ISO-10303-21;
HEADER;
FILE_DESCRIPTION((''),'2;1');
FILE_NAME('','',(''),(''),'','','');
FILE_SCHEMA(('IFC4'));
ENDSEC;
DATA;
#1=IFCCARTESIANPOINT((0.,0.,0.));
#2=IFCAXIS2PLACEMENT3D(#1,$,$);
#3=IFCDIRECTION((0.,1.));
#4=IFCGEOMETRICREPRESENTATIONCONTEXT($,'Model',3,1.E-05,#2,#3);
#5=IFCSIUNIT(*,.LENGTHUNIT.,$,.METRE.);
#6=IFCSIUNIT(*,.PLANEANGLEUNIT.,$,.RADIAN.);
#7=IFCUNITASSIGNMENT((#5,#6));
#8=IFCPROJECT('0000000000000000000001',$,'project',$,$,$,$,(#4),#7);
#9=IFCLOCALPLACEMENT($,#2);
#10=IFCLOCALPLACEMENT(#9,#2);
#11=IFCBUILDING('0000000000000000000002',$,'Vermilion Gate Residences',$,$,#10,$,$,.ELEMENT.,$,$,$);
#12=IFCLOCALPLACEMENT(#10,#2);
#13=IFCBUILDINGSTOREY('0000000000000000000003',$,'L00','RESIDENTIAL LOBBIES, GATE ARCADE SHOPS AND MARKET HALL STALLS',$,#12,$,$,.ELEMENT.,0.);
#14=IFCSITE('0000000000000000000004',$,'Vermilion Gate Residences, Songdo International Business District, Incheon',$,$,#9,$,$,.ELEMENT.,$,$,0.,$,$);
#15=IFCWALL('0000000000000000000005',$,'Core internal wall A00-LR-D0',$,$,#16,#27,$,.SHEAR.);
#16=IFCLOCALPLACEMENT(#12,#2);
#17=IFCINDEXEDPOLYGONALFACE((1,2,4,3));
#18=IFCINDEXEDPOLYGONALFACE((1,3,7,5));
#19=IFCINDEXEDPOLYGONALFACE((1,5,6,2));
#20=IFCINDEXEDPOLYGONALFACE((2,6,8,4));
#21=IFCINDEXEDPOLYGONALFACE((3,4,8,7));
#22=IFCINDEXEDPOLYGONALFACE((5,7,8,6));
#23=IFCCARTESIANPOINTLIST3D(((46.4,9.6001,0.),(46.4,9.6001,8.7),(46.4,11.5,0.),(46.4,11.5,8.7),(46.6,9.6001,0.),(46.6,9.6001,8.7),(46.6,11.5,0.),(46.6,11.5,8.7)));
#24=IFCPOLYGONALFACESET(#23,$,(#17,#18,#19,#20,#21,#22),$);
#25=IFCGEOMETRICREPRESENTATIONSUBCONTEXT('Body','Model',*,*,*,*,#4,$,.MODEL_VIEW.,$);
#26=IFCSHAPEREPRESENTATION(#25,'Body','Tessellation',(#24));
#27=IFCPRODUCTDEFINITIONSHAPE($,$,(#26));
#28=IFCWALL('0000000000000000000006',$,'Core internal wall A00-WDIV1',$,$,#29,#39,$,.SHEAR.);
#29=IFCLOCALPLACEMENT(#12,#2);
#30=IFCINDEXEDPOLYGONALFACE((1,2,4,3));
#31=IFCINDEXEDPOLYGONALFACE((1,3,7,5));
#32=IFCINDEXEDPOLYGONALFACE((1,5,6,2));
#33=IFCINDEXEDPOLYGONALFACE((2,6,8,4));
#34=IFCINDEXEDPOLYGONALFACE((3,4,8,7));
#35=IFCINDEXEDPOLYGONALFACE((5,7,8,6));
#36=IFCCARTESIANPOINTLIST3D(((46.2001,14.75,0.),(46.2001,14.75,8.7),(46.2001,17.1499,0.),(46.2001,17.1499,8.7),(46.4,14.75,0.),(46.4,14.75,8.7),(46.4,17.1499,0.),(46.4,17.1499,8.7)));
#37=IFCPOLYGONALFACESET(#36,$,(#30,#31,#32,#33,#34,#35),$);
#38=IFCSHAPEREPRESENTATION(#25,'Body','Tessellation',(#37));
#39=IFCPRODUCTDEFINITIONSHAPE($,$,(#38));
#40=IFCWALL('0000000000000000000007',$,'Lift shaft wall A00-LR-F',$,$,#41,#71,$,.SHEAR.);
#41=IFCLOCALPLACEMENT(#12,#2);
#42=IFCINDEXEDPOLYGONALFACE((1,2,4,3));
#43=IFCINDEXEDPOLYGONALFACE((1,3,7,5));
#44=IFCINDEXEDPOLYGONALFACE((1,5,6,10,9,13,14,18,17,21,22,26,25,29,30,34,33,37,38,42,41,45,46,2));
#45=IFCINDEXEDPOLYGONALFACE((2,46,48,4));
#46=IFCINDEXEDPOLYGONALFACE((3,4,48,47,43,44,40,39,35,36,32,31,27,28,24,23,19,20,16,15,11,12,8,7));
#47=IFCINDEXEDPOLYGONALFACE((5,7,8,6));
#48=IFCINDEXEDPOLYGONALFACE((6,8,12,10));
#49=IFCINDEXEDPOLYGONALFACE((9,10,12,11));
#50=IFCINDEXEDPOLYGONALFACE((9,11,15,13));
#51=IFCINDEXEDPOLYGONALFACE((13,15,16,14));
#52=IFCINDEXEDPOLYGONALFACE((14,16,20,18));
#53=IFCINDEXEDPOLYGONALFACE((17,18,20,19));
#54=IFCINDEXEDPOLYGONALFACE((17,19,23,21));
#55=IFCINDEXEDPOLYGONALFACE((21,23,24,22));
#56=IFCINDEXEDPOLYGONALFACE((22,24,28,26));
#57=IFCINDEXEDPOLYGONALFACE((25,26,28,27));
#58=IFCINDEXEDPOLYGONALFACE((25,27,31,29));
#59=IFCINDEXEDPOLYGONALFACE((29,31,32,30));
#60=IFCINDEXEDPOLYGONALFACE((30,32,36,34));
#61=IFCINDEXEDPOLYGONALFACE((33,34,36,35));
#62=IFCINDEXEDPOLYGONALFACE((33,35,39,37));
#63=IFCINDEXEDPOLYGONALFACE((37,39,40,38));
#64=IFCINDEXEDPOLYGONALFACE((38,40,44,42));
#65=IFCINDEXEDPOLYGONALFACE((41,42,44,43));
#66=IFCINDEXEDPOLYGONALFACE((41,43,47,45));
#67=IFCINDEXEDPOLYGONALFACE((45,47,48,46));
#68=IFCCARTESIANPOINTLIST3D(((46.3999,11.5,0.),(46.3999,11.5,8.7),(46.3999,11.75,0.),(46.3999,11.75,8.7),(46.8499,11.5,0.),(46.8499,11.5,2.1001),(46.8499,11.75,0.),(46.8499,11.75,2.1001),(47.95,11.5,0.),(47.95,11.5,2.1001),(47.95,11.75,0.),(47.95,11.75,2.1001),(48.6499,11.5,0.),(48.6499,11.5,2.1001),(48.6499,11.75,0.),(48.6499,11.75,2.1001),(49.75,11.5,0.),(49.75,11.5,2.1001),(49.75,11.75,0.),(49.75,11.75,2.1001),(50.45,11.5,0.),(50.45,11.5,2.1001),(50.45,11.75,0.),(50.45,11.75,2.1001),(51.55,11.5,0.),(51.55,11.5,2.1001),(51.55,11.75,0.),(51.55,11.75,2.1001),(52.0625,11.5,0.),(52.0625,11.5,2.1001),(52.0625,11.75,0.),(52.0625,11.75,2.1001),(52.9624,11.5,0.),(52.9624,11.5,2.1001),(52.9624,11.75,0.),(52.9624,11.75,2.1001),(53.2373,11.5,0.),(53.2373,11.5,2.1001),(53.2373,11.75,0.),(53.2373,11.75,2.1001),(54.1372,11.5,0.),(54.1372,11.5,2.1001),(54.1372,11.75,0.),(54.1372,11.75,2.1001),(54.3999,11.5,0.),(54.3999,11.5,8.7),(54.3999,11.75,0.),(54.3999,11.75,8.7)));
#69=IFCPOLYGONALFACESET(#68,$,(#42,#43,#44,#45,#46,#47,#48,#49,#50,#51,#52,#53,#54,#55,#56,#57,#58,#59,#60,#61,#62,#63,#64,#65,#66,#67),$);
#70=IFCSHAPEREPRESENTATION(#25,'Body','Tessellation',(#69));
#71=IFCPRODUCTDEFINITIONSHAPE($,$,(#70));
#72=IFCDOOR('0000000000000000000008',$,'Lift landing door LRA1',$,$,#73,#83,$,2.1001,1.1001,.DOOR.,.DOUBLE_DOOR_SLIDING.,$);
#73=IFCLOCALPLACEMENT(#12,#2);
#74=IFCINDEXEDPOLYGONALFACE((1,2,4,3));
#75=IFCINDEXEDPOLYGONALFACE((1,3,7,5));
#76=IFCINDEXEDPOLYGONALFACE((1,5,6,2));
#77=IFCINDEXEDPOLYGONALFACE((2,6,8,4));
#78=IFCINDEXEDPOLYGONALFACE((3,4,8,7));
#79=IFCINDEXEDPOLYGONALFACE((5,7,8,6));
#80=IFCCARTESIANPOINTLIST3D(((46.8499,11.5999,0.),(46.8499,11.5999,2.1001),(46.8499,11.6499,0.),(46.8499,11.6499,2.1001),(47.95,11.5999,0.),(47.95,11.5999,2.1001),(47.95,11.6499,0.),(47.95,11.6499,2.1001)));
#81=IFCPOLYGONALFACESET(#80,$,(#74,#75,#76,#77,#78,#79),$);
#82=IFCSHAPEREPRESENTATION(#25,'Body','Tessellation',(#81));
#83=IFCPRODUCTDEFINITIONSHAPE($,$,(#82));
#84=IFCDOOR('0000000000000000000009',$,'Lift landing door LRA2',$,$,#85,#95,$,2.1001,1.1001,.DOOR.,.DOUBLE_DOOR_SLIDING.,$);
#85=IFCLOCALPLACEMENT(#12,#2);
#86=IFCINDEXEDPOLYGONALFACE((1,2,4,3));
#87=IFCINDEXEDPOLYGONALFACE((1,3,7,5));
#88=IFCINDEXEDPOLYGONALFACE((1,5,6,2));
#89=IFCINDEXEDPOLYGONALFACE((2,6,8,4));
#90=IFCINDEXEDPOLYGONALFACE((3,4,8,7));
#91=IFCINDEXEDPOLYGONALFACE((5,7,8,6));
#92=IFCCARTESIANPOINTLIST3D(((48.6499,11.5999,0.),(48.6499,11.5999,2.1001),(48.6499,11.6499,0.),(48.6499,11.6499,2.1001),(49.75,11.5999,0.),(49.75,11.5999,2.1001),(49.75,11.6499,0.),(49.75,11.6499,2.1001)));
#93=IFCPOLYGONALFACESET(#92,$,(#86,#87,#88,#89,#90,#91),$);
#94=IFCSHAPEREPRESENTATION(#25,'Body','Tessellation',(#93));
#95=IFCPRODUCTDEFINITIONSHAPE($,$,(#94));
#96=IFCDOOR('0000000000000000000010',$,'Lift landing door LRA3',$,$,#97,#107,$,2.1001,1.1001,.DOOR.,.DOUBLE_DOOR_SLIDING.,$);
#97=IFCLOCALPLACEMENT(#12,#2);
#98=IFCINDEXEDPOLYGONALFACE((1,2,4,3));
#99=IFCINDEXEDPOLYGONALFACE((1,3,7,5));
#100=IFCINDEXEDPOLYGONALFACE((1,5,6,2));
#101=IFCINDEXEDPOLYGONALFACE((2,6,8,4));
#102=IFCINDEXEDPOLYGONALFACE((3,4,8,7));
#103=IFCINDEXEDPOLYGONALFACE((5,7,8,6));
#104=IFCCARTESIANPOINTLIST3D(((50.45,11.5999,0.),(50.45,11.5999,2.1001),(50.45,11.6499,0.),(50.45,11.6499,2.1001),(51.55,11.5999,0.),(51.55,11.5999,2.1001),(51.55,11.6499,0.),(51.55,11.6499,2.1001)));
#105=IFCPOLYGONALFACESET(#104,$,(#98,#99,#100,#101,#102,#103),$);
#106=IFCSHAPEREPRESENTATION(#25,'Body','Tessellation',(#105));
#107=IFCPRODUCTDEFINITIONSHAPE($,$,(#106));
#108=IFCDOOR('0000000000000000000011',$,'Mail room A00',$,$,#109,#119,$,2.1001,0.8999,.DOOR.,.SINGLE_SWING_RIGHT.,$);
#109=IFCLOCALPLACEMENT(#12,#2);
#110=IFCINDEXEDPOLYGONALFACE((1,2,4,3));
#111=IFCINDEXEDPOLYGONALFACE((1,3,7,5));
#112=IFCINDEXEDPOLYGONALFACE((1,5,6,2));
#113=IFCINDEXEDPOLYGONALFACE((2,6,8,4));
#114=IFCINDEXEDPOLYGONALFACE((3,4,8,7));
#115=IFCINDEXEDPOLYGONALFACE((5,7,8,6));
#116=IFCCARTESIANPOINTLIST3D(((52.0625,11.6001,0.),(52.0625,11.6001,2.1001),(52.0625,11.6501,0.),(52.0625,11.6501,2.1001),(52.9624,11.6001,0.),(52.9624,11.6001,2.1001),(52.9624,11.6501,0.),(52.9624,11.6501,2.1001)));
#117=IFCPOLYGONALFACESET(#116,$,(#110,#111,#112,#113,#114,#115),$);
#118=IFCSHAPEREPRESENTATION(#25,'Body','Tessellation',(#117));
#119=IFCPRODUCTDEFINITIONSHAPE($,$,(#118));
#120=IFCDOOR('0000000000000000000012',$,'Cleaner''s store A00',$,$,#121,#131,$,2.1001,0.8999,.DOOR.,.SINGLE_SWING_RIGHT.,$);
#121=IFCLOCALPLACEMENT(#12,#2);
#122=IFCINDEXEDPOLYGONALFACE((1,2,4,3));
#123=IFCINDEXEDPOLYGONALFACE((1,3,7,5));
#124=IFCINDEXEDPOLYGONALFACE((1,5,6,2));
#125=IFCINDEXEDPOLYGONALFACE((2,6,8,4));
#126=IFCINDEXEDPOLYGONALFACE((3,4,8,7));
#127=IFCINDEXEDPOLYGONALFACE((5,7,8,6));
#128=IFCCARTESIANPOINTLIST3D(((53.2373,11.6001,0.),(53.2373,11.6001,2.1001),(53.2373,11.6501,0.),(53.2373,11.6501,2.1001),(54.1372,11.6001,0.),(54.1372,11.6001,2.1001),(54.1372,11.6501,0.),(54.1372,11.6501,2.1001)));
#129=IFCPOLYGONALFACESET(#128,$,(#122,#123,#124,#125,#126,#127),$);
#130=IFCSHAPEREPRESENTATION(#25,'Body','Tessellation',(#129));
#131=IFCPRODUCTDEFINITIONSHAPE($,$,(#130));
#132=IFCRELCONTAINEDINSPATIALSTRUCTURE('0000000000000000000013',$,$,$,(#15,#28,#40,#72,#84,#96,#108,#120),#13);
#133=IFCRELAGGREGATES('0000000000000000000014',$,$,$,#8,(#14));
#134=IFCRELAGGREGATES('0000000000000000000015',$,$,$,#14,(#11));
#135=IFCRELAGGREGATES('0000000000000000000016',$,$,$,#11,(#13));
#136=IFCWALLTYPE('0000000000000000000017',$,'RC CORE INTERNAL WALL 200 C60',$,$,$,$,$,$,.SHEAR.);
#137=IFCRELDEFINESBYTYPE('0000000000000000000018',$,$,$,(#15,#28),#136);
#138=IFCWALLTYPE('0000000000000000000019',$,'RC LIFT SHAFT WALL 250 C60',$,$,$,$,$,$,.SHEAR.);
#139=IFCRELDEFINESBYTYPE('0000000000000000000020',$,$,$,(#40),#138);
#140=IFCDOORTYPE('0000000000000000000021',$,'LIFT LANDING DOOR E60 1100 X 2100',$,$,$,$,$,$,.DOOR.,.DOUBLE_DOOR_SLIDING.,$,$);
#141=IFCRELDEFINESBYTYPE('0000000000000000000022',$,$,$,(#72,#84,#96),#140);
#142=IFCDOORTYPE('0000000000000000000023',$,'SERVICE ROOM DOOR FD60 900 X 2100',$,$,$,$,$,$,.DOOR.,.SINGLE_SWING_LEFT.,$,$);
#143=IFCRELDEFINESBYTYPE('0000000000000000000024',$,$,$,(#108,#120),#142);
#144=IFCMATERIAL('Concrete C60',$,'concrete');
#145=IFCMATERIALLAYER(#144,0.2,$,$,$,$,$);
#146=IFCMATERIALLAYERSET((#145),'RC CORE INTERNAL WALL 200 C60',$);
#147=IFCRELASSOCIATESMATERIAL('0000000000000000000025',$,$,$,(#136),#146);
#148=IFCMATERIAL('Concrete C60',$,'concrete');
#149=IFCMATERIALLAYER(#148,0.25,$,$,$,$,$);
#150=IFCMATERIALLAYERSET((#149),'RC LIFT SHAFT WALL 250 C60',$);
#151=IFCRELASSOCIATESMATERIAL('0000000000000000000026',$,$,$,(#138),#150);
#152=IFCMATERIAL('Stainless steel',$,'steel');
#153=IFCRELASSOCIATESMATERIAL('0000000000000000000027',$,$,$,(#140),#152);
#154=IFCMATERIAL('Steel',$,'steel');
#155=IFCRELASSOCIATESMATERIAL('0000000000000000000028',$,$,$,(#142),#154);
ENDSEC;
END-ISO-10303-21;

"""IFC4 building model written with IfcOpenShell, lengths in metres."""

from ifc_helpers import new_model, si_unit, direction, frame, frame_2d, origin, place, context, subcontext, project, spatial, rectangle, extrude, material, layer, layer_set, type_object, element, fill, save


model = new_model("IFC4")

# Units and contexts
model_context = context("Model", 3, precision=1e-05, world=origin(), true_north=direction((0.0, 1.0)))
body_context = subcontext(model_context, "Body", "Model", "MODEL_VIEW")
ifc_project = project(units=[si_unit("LENGTHUNIT", "METRE"), si_unit("PLANEANGLEUNIT", "RADIAN")], contexts=[model_context])

# Site, building, storey
site_placement = place(None, origin())
site = spatial("IfcSite", under=ifc_project, at=site_placement, Name="Vermilion Gate Residences, Songdo International Business District, Incheon", CompositionType="ELEMENT", RefElevation=0.0)
building_placement = place(site_placement, origin())
building = spatial("IfcBuilding", under=site, at=building_placement, Name="Vermilion Gate Residences", CompositionType="ELEMENT")
storey_placement = place(building_placement, origin())
storey = spatial("IfcBuildingStorey", under=building, at=storey_placement, Name="L00", Description="RESIDENTIAL LOBBIES, GATE ARCADE SHOPS AND MARKET HALL STALLS", CompositionType="ELEMENT", Elevation=0.0)

# Walls
ifc_material_1 = material(Name="Concrete C60", Category="concrete")
ifc_layer_1 = layer(ifc_material_1, 0.2)
ifc_layer_set_1 = layer_set([ifc_layer_1], Name="RC CORE INTERNAL WALL 200 C60")
wall_type_1 = type_object("IfcWallType", Name="RC CORE INTERNAL WALL 200 C60", PredefinedType="SHEAR", material=ifc_layer_set_1)
wall_1_placement = place(storey_placement, frame((46.5, 9.6001, 0.0), z_axis=(0.0, 0.0, 1.0), x_axis=(0.0, 1.0, 0.0)))
element("IfcWall", 1, at=wall_1_placement, inside=storey, type_object=wall_type_1, Name="Core internal wall A00-LR-D0", PredefinedType="SHEAR", context=body_context, shape_type="SweptSolid", body=[
    extrude(rectangle(XDim=1.8999, YDim=0.2, at=frame_2d((0.95, 0.0))), origin(), (0.0, 0.0, 1.0), 8.7),
])
wall_2_placement = place(storey_placement, frame((46.3, 14.75, 0.0), z_axis=(0.0, 0.0, 1.0), x_axis=(0.0, 1.0, 0.0)))
element("IfcWall", 2, at=wall_2_placement, inside=storey, type_object=wall_type_1, Name="Core internal wall A00-WDIV1", PredefinedType="SHEAR", context=body_context, shape_type="SweptSolid", body=[
    extrude(rectangle(XDim=2.3999, YDim=0.2, at=frame_2d((1.2, 0.0))), origin(), (0.0, 0.0, 1.0), 8.7),
])

# Wall, openings, doors
ifc_material_2 = material(Name="Concrete C60", Category="concrete")
ifc_layer_2 = layer(ifc_material_2, 0.25)
ifc_layer_set_2 = layer_set([ifc_layer_2], Name="RC LIFT SHAFT WALL 250 C60")
wall_type_2 = type_object("IfcWallType", Name="RC LIFT SHAFT WALL 250 C60", PredefinedType="SHEAR", material=ifc_layer_set_2)
wall_3_placement = place(storey_placement, frame((46.3999, 11.625, 0.0), z_axis=(0.0, 0.0, 1.0), x_axis=(1.0, 0.0, 0.0)))
wall_3 = element("IfcWall", 3, at=wall_3_placement, inside=storey, type_object=wall_type_2, Name="Lift shaft wall A00-LR-F", PredefinedType="SHEAR", context=body_context, shape_type="SweptSolid", body=[
    extrude(rectangle(XDim=8.0, YDim=0.25, at=frame_2d((4.0, 0.0))), origin(), (0.0, 0.0, 1.0), 8.7),
])
opening_1_placement = place(wall_3_placement, frame((0.45, 0.0, 0.0)))
opening_1 = element("IfcOpeningElement", 4, at=opening_1_placement, cuts=wall_3, PredefinedType="OPENING", context=body_context, shape_type="SweptSolid", body=[
    extrude(rectangle(XDim=1.1001, YDim=2.1001, at=frame_2d((0.55, 1.05))), frame((0.0, 0.135, 0.0), z_axis=(0.0, -1.0, 0.0), x_axis=(1.0, 0.0, 0.0)), (0.0, 0.0, 1.0), 0.27),
])
opening_2_placement = place(wall_3_placement, frame((2.25, 0.0, 0.0)))
opening_2 = element("IfcOpeningElement", 5, at=opening_2_placement, cuts=wall_3, PredefinedType="OPENING", context=body_context, shape_type="SweptSolid", body=[
    extrude(rectangle(XDim=1.1001, YDim=2.1001, at=frame_2d((0.55, 1.05))), frame((0.0, 0.135, 0.0), z_axis=(0.0, -1.0, 0.0), x_axis=(1.0, 0.0, 0.0)), (0.0, 0.0, 1.0), 0.27),
])
opening_3_placement = place(wall_3_placement, frame((4.05, 0.0, 0.0)))
opening_3 = element("IfcOpeningElement", 6, at=opening_3_placement, cuts=wall_3, PredefinedType="OPENING", context=body_context, shape_type="SweptSolid", body=[
    extrude(rectangle(XDim=1.1001, YDim=2.1001, at=frame_2d((0.55, 1.05))), frame((0.0, 0.135, 0.0), z_axis=(0.0, -1.0, 0.0), x_axis=(1.0, 0.0, 0.0)), (0.0, 0.0, 1.0), 0.27),
])
opening_4_placement = place(wall_3_placement, frame((5.6626, 0.0, 0.0)))
opening_4 = element("IfcOpeningElement", 7, at=opening_4_placement, cuts=wall_3, PredefinedType="OPENING", context=body_context, shape_type="SweptSolid", body=[
    extrude(rectangle(XDim=0.8999, YDim=2.1001, at=frame_2d((0.45, 1.05))), frame((0.0, 0.135, 0.0), z_axis=(0.0, -1.0, 0.0), x_axis=(1.0, 0.0, 0.0)), (0.0, 0.0, 1.0), 0.27),
])
opening_5_placement = place(wall_3_placement, frame((6.8374, 0.0, 0.0)))
opening_5 = element("IfcOpeningElement", 8, at=opening_5_placement, cuts=wall_3, PredefinedType="OPENING", context=body_context, shape_type="SweptSolid", body=[
    extrude(rectangle(XDim=0.8999, YDim=2.1001, at=frame_2d((0.45, 1.05))), frame((0.0, 0.135, 0.0), z_axis=(0.0, -1.0, 0.0), x_axis=(1.0, 0.0, 0.0)), (0.0, 0.0, 1.0), 0.27),
])
ifc_material_3 = material(Name="Stainless steel", Category="steel")
door_type_1 = type_object("IfcDoorType", Name="LIFT LANDING DOOR E60 1100 X 2100", OperationType="DOUBLE_DOOR_SLIDING", PredefinedType="DOOR", material=ifc_material_3)
door_1_placement = place(opening_1_placement, origin())
door_1 = element("IfcDoor", 9, at=door_1_placement, inside=storey, type_object=door_type_1, Name="Lift landing door LRA1", OperationType="DOUBLE_DOOR_SLIDING", OverallHeight=2.1001, OverallWidth=1.1001, PredefinedType="DOOR", context=body_context, shape_type="SweptSolid", body=[
    extrude(rectangle(XDim=1.1001, YDim=2.1001, at=frame_2d((0.55, 1.05))), frame((0.0, 0.0249, 0.0), z_axis=(0.0, -1.0, 0.0), x_axis=(1.0, 0.0, 0.0)), (0.0, 0.0, 1.0), 0.05),
])
fill(opening_1, door_1)
door_2_placement = place(opening_2_placement, origin())
door_2 = element("IfcDoor", 10, at=door_2_placement, inside=storey, type_object=door_type_1, Name="Lift landing door LRA2", OperationType="DOUBLE_DOOR_SLIDING", OverallHeight=2.1001, OverallWidth=1.1001, PredefinedType="DOOR", context=body_context, shape_type="SweptSolid", body=[
    extrude(rectangle(XDim=1.1001, YDim=2.1001, at=frame_2d((0.55, 1.05))), frame((0.0, 0.0249, 0.0), z_axis=(0.0, -1.0, 0.0), x_axis=(1.0, 0.0, 0.0)), (0.0, 0.0, 1.0), 0.05),
])
fill(opening_2, door_2)
door_3_placement = place(opening_3_placement, origin())
door_3 = element("IfcDoor", 11, at=door_3_placement, inside=storey, type_object=door_type_1, Name="Lift landing door LRA3", OperationType="DOUBLE_DOOR_SLIDING", OverallHeight=2.1001, OverallWidth=1.1001, PredefinedType="DOOR", context=body_context, shape_type="SweptSolid", body=[
    extrude(rectangle(XDim=1.1001, YDim=2.1001, at=frame_2d((0.55, 1.05))), frame((0.0, 0.0249, 0.0), z_axis=(0.0, -1.0, 0.0), x_axis=(1.0, 0.0, 0.0)), (0.0, 0.0, 1.0), 0.05),
])
fill(opening_3, door_3)
ifc_material_4 = material(Name="Steel", Category="steel")
door_type_2 = type_object("IfcDoorType", Name="SERVICE ROOM DOOR FD60 900 X 2100", OperationType="SINGLE_SWING_LEFT", PredefinedType="DOOR", material=ifc_material_4)
door_4_placement = place(opening_4_placement, frame((0.8999, 0.0, 0.0), z_axis=(0.0, 0.0, 1.0), x_axis=(-1.0, 0.0, 0.0)))
door_4 = element("IfcDoor", 12, at=door_4_placement, inside=storey, type_object=door_type_2, Name="Mail room A00", OperationType="SINGLE_SWING_RIGHT", OverallHeight=2.1001, OverallWidth=0.8999, PredefinedType="DOOR", context=body_context, shape_type="SweptSolid", body=[
    extrude(rectangle(XDim=0.8999, YDim=2.1001, at=frame_2d((0.45, 1.05))), frame((0.0, 0.0249, 0.0), z_axis=(0.0, -1.0, 0.0), x_axis=(1.0, 0.0, 0.0)), (0.0, 0.0, 1.0), 0.05),
])
fill(opening_4, door_4)
door_5_placement = place(opening_5_placement, frame((0.8999, 0.0, 0.0), z_axis=(0.0, 0.0, 1.0), x_axis=(-1.0, 0.0, 0.0)))
door_5 = element("IfcDoor", 13, at=door_5_placement, inside=storey, type_object=door_type_2, Name="Cleaner's store A00", OperationType="SINGLE_SWING_RIGHT", OverallHeight=2.1001, OverallWidth=0.8999, PredefinedType="DOOR", context=body_context, shape_type="SweptSolid", body=[
    extrude(rectangle(XDim=0.8999, YDim=2.1001, at=frame_2d((0.45, 1.05))), frame((0.0, 0.0249, 0.0), z_axis=(0.0, -1.0, 0.0), x_axis=(1.0, 0.0, 0.0)), (0.0, 0.0, 1.0), 0.05),
])
fill(opening_5, door_5)

save(model, "model.ifc")
